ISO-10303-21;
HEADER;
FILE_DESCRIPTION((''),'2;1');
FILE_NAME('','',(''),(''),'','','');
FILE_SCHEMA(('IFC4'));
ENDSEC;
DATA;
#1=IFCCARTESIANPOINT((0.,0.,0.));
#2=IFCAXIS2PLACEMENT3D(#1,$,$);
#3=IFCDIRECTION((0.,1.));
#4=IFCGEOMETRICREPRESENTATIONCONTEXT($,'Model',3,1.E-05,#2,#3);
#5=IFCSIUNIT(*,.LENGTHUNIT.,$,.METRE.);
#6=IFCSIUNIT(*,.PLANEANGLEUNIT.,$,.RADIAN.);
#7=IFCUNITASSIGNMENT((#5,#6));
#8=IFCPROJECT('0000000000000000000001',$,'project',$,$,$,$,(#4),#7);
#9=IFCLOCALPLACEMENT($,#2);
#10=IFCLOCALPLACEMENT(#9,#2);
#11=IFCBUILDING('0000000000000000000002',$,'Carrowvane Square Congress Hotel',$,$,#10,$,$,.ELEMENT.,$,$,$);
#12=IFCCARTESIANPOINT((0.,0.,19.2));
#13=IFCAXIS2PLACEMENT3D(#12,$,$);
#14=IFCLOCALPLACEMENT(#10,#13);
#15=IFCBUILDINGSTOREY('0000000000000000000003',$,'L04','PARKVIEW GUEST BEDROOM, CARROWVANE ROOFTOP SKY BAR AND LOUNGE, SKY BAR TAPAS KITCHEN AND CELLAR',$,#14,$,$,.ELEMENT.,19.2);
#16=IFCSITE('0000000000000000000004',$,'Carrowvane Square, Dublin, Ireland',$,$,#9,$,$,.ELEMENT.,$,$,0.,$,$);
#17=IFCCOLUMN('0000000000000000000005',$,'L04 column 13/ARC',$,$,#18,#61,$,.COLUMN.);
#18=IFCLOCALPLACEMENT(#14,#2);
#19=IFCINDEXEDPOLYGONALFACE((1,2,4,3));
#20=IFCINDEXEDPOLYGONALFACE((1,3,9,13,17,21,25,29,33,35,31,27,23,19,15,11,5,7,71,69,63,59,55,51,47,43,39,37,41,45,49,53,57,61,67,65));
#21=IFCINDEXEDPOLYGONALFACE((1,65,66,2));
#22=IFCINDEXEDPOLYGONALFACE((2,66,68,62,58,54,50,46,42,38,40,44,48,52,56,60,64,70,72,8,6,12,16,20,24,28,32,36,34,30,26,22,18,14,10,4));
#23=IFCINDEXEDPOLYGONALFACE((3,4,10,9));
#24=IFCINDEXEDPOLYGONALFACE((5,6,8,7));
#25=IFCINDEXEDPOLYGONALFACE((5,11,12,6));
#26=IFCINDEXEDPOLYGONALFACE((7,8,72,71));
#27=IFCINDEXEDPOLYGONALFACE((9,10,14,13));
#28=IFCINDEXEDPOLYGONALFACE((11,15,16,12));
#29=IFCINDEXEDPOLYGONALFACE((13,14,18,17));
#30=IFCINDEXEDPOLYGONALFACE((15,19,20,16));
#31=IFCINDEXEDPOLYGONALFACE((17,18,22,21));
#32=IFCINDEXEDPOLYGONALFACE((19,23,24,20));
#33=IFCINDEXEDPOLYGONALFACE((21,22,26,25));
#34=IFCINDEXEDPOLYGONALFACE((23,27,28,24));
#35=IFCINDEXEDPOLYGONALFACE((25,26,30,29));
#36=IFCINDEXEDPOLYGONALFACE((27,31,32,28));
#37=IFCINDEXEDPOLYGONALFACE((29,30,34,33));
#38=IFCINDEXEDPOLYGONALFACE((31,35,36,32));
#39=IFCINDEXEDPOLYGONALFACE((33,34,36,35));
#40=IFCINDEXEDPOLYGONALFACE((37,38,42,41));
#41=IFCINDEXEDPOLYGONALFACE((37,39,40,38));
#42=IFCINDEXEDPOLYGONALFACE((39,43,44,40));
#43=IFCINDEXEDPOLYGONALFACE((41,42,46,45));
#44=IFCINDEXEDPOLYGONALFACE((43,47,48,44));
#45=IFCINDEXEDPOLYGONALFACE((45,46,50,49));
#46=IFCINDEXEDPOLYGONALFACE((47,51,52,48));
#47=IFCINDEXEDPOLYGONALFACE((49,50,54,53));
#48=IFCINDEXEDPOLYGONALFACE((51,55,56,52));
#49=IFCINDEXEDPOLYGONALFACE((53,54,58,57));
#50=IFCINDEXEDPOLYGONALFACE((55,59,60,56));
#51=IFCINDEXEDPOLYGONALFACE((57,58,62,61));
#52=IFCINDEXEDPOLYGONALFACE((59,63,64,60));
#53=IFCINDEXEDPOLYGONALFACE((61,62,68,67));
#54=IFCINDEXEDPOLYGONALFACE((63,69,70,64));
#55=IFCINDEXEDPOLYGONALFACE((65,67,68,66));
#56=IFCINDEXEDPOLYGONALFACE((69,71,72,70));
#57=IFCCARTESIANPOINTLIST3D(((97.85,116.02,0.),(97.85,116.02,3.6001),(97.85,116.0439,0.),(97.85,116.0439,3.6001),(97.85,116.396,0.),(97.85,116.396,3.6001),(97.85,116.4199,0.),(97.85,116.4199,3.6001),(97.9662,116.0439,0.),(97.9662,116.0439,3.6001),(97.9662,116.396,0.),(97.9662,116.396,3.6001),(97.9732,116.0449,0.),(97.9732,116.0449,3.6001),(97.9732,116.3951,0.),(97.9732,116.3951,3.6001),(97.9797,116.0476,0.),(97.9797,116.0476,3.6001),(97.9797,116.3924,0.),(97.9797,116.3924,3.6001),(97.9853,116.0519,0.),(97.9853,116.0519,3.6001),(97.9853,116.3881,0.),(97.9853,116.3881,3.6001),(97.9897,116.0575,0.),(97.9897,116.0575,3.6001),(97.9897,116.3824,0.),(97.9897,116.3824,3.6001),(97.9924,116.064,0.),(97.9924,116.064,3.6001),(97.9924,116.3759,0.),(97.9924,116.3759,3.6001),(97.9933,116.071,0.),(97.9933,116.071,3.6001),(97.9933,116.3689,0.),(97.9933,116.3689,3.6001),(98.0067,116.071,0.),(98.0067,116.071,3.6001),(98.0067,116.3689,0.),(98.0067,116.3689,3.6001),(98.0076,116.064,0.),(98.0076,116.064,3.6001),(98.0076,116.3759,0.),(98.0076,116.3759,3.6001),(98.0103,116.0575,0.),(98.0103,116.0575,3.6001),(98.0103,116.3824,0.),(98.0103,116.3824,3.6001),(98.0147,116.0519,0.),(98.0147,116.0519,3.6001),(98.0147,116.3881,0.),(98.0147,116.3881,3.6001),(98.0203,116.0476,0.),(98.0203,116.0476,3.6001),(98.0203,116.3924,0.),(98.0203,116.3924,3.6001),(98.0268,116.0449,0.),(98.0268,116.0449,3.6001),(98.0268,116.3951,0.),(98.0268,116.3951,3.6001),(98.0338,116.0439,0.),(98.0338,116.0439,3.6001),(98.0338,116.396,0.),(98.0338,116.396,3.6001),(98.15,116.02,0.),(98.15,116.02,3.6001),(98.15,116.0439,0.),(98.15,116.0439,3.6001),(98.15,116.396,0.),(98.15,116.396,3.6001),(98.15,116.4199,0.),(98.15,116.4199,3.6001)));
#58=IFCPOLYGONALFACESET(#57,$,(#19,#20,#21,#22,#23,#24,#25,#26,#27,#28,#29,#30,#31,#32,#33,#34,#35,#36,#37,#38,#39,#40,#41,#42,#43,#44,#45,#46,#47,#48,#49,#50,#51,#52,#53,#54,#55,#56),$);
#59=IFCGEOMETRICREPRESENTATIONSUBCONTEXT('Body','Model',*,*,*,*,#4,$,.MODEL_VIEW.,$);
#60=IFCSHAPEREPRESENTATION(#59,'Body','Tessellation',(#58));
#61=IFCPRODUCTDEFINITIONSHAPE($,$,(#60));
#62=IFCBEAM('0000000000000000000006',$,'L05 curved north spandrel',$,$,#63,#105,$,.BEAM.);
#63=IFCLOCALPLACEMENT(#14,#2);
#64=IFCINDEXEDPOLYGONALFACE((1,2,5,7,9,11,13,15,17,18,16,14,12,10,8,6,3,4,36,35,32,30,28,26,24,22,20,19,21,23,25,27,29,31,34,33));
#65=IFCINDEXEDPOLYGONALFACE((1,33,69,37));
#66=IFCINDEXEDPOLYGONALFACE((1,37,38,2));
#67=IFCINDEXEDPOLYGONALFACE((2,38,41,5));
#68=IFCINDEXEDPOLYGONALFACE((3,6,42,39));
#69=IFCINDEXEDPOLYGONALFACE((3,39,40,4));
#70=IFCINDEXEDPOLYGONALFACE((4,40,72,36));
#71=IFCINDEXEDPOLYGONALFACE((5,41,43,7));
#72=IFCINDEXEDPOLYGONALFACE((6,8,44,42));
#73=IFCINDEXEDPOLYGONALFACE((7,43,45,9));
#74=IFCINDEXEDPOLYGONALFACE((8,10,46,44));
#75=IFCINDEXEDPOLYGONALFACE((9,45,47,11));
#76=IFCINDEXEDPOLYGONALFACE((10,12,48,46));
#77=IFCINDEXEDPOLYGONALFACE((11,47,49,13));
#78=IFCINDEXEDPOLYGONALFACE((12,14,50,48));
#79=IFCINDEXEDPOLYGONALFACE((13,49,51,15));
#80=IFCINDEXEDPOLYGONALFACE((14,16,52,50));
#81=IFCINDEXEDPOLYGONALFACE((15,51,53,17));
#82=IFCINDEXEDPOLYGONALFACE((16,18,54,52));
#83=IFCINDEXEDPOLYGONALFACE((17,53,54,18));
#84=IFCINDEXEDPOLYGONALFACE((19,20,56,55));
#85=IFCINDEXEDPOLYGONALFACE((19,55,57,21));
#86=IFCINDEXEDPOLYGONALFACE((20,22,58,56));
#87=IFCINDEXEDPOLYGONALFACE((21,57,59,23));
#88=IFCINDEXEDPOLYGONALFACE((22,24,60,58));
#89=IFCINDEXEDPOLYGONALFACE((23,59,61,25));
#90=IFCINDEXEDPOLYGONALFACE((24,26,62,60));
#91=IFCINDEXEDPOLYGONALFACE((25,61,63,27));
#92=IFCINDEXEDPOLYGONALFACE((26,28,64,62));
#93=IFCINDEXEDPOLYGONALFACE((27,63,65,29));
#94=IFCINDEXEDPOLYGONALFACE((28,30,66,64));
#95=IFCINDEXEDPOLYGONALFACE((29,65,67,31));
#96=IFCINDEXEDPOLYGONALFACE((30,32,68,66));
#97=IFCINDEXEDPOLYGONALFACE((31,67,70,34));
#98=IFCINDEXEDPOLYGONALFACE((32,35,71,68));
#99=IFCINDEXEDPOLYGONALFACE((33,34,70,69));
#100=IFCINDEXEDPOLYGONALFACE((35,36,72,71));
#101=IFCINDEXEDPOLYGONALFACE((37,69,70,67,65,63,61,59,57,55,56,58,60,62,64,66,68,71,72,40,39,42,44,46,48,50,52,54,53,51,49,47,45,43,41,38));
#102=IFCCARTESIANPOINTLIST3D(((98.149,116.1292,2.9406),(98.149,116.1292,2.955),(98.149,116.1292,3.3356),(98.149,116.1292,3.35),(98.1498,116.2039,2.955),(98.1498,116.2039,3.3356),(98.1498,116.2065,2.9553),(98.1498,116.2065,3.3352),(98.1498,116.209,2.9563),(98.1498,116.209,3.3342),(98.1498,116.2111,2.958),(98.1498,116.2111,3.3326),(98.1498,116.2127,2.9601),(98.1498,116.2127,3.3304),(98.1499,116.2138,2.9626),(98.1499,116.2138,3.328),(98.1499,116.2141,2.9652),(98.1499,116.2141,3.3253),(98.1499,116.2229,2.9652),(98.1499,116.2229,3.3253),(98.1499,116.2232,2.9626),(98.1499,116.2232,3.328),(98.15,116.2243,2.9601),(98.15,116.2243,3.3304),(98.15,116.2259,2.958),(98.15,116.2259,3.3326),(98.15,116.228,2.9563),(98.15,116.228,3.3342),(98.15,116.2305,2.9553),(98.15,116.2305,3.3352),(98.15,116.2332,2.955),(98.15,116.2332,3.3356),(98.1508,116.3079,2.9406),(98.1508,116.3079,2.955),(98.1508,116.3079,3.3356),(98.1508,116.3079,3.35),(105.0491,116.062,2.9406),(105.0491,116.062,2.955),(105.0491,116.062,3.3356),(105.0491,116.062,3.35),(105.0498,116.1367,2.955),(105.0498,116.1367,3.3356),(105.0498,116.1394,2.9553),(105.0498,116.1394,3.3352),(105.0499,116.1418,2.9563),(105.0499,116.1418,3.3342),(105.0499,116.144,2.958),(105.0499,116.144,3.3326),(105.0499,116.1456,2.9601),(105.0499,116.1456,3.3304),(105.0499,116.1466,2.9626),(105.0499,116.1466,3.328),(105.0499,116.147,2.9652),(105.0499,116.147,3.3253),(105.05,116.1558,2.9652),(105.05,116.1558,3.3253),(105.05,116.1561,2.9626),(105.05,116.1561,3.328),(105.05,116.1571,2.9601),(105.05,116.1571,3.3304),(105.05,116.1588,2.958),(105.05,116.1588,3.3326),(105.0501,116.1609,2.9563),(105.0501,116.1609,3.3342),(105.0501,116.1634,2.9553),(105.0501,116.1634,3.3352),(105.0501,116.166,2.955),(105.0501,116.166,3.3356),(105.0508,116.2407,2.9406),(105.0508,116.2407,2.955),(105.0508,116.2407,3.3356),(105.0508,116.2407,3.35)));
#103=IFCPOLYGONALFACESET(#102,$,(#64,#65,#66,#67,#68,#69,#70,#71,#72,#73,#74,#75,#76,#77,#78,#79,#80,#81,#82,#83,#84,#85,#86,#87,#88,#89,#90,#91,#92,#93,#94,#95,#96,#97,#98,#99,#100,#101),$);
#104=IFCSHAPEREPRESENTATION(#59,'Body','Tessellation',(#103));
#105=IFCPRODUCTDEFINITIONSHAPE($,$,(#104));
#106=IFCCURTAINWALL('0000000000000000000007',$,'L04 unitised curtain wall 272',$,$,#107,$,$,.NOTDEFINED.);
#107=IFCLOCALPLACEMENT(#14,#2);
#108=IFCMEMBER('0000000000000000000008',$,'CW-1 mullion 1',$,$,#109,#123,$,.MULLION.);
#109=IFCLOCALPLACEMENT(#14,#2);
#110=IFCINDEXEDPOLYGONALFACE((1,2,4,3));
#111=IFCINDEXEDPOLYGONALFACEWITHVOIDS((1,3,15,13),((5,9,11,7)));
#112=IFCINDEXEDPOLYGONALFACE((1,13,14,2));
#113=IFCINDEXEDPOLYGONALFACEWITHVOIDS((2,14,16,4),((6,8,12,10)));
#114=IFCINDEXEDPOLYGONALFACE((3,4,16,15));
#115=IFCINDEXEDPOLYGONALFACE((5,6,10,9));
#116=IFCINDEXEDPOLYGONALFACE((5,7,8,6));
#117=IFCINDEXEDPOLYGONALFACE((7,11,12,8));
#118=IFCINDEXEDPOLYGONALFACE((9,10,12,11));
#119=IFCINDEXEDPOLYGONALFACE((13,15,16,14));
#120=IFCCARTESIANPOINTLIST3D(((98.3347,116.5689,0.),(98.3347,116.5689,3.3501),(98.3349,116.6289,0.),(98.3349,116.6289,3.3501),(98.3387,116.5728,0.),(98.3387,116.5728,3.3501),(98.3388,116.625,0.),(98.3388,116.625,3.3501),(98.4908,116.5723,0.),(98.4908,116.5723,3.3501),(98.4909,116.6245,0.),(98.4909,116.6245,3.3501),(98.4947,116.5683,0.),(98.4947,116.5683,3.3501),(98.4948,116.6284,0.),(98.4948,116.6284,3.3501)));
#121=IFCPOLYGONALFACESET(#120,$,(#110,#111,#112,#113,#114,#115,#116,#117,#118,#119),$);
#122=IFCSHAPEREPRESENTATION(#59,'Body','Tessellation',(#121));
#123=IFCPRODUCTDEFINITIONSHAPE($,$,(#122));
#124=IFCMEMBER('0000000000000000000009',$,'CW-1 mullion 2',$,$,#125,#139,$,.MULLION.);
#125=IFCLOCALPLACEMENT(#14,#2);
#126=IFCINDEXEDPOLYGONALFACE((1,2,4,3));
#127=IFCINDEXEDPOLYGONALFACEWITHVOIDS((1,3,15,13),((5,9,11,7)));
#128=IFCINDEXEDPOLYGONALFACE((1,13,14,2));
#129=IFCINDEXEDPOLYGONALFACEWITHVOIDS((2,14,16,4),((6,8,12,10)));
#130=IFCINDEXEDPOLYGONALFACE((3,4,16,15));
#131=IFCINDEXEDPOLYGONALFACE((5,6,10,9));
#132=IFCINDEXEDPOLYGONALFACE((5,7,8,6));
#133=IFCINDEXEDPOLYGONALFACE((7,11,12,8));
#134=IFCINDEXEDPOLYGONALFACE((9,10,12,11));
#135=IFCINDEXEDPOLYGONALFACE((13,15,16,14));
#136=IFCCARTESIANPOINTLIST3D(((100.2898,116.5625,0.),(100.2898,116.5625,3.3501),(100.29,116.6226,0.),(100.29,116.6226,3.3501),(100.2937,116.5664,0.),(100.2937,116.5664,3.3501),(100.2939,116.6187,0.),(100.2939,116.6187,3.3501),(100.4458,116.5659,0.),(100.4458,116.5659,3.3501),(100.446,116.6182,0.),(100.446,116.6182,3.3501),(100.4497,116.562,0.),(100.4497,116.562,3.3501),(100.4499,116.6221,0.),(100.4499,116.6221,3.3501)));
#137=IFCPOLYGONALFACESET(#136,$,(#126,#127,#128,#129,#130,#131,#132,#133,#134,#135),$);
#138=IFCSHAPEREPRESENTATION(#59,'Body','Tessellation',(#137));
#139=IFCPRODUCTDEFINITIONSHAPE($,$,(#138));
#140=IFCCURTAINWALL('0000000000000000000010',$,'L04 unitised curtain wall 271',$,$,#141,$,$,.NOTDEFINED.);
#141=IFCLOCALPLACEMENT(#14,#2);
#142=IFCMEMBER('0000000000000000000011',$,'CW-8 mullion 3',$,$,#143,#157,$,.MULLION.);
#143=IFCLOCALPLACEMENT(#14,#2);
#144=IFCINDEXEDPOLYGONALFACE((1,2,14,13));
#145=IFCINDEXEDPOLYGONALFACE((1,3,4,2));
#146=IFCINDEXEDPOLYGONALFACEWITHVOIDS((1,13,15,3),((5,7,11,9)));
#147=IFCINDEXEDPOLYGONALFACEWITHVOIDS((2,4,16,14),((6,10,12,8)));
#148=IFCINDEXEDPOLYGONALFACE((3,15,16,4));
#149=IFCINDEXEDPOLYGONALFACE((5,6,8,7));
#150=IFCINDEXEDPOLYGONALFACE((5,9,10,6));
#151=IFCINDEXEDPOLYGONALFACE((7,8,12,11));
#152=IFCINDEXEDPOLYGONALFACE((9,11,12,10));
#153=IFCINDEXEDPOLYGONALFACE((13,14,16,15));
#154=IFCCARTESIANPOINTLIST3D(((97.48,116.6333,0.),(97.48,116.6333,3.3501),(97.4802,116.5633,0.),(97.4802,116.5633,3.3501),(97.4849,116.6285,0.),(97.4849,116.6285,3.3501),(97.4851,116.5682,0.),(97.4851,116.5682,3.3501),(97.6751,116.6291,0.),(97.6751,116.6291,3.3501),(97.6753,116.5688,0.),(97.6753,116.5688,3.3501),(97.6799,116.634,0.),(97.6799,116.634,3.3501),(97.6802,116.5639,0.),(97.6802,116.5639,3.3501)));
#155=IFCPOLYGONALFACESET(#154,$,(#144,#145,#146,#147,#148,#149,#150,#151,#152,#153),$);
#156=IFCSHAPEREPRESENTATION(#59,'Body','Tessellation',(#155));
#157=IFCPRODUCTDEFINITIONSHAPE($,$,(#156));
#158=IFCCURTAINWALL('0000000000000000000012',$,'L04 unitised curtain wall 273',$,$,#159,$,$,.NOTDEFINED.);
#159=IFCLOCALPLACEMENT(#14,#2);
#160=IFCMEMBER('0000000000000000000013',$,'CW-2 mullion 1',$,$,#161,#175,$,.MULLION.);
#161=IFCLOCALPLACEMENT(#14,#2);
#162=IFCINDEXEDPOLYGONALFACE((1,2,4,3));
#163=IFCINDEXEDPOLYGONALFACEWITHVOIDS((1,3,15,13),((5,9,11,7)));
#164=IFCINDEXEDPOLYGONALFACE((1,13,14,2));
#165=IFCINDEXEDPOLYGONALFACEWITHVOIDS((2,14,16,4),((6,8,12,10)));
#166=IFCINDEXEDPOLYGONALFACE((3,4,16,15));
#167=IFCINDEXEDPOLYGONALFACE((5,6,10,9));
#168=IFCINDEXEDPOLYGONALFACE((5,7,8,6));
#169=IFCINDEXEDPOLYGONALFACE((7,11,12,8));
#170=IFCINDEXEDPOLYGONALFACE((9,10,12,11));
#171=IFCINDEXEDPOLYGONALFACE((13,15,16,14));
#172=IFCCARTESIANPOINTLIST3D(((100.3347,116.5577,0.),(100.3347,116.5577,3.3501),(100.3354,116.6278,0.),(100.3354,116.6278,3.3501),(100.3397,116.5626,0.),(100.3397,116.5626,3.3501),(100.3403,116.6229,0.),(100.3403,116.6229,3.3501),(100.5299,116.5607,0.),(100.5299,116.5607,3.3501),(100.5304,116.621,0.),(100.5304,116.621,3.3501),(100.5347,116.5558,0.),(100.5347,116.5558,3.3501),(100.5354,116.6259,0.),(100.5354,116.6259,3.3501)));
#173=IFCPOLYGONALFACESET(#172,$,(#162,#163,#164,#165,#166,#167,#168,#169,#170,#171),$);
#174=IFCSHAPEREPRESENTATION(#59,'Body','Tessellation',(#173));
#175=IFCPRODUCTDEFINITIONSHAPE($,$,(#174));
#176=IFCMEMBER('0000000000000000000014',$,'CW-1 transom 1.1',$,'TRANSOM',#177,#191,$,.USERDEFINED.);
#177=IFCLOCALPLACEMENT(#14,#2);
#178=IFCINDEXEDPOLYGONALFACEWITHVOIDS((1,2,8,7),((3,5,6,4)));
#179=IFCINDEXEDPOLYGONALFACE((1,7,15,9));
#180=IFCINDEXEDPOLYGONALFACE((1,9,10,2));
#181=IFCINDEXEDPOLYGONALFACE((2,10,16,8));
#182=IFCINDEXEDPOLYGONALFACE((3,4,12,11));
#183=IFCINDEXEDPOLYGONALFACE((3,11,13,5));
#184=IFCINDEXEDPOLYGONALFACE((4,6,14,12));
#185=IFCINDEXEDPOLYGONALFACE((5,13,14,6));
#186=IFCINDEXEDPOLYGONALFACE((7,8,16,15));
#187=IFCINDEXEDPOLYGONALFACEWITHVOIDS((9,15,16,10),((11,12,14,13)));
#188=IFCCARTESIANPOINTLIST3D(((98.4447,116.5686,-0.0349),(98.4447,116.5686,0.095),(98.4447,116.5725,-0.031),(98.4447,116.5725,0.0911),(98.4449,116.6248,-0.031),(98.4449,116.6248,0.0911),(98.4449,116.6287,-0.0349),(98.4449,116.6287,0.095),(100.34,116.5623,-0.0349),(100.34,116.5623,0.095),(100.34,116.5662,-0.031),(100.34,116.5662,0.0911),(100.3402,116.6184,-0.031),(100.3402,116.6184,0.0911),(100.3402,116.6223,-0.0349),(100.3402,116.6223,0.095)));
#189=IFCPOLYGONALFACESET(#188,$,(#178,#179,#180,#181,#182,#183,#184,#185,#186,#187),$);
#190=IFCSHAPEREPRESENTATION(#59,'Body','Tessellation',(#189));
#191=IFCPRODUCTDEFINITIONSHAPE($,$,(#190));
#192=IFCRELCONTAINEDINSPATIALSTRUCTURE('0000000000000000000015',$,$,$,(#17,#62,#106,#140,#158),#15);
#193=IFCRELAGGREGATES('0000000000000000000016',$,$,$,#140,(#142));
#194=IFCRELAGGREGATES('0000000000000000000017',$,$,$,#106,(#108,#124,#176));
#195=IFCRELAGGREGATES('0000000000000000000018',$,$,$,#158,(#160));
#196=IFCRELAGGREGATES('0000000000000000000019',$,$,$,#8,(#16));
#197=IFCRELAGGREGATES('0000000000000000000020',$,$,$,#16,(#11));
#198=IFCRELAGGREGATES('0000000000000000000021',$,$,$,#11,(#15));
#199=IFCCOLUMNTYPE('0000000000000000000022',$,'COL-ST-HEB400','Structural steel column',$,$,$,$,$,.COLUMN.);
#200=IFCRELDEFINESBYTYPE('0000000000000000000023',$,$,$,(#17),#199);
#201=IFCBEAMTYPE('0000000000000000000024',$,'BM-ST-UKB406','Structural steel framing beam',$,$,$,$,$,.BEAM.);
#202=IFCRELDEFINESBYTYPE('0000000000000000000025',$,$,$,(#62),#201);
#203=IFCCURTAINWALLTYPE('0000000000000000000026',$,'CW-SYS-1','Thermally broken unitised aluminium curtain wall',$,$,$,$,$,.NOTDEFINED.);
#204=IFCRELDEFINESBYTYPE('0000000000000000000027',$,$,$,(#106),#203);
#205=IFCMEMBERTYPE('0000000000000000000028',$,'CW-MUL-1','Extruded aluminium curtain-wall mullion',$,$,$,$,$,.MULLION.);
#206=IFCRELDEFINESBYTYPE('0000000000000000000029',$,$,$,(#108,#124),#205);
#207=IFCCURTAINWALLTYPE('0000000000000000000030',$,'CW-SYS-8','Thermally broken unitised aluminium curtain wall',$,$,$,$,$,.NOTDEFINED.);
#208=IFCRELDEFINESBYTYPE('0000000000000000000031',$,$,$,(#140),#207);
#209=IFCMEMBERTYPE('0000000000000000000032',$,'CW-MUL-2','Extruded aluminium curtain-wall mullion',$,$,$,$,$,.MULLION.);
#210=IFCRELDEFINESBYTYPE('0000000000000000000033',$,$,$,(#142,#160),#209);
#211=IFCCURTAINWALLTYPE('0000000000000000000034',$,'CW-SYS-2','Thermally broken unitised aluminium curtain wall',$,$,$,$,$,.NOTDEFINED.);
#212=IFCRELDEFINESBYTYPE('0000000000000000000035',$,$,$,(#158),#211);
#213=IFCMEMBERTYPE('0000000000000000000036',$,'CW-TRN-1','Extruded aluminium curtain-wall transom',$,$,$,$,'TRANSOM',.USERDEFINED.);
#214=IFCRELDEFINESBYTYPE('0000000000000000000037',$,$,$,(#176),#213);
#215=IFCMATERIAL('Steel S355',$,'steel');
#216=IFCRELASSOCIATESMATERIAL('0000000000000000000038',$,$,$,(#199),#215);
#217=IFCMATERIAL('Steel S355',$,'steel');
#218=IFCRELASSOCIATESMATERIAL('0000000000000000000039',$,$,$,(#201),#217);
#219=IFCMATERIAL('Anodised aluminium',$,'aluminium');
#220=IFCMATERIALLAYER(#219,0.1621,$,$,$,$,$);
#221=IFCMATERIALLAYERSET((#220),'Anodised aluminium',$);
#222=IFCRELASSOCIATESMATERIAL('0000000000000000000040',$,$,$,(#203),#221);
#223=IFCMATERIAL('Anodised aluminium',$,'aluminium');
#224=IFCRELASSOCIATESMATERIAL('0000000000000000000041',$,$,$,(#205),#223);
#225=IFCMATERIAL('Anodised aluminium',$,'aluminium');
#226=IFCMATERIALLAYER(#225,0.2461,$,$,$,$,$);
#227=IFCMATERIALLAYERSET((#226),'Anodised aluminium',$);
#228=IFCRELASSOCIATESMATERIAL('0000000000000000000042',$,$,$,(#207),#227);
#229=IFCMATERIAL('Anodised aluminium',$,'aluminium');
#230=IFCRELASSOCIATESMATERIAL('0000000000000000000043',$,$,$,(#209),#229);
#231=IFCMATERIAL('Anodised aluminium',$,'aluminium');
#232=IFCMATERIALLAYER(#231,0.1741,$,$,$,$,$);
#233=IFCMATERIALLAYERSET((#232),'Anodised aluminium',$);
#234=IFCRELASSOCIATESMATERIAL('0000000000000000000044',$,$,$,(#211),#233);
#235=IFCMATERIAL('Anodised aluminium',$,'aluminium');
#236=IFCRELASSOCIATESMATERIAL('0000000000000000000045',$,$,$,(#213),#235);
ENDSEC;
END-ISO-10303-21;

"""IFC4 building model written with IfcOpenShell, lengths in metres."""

from ifc_helpers import new_model, si_unit, direction, frame, origin, origin_2d, place, context, subcontext, project, spatial, hollow_rectangle, i_section, extrude, material, layer, layer_set, material_profile, profile_set, type_object, element, aggregate, save


model = new_model("IFC4")

# Units and contexts
model_context = context("Model", 3, precision=1e-05, world=origin(), true_north=direction((0.0, 1.0)))
body_context = subcontext(model_context, "Body", "Model", "MODEL_VIEW")
ifc_project = project(units=[si_unit("LENGTHUNIT", "METRE"), si_unit("PLANEANGLEUNIT", "RADIAN")], contexts=[model_context])

# Site, building, storey
site_placement = place(None, origin())
site = spatial("IfcSite", under=ifc_project, at=site_placement, Name="Carrowvane Square, Dublin, Ireland", CompositionType="ELEMENT", RefElevation=0.0)
building_placement = place(site_placement, origin())
building = spatial("IfcBuilding", under=site, at=building_placement, Name="Carrowvane Square Congress Hotel", CompositionType="ELEMENT")
storey_placement = place(building_placement, frame((0.0, 0.0, 19.2)))
storey = spatial("IfcBuildingStorey", under=building, at=storey_placement, Name="L04", Description="PARKVIEW GUEST BEDROOM, CARROWVANE ROOFTOP SKY BAR AND LOUNGE, SKY BAR TAPAS KITCHEN AND CELLAR", CompositionType="ELEMENT", Elevation=19.2)

# Column
ifc_material_1 = material(Name="Steel S355", Category="steel")
ifc_material_profile_1 = material_profile(ifc_material_1, i_section(OverallWidth=0.3, OverallDepth=0.3999, WebThickness=0.0134, FlangeThickness=0.0239, FilletRadius=0.0271, at=origin_2d()), Name="HEB 400")
ifc_profile_set_1 = profile_set([ifc_material_profile_1], Name="Steel S355")
column_type = type_object("IfcColumnType", Name="COL-ST-HEB400", Description="Structural steel column", PredefinedType="COLUMN", material=ifc_profile_set_1)
column_placement = place(storey_placement, frame((98.0, 116.22, 0.0), z_axis=(0.0, 0.0, 1.0), x_axis=(1.0, 0.0, 0.0)))
element("IfcColumn", 1, at=column_placement, inside=storey, type_object=column_type, Name="L04 column 13/ARC", PredefinedType="COLUMN", context=body_context, shape_type="SweptSolid", body=[
    extrude(i_section(OverallWidth=0.3, OverallDepth=0.3999, WebThickness=0.0134, FlangeThickness=0.0239, FilletRadius=0.0271, at=origin_2d()), origin(), (0.0, 0.0, 1.0), 3.6001),
])

# Beam
ifc_material_2 = material(Name="Steel S355", Category="steel")
ifc_material_profile_2 = material_profile(ifc_material_2, i_section(OverallWidth=0.1787, OverallDepth=0.4094, WebThickness=0.0088, FlangeThickness=0.0144, FilletRadius=0.0103, at=origin_2d()), Name="UKB 406x178x67")
ifc_profile_set_2 = profile_set([ifc_material_profile_2], Name="Steel S355")
beam_type = type_object("IfcBeamType", Name="BM-ST-UKB406", Description="Structural steel framing beam", PredefinedType="BEAM", material=ifc_profile_set_2)
beam_placement = place(storey_placement, frame((98.1499, 116.2185, 3.1453), z_axis=(0.999953, -0.00973, 0.0), x_axis=(0.00973, 0.999953, 0.0)))
element("IfcBeam", 2, at=beam_placement, inside=storey, type_object=beam_type, Name="L05 curved north spandrel", PredefinedType="BEAM", context=body_context, shape_type="SweptSolid", body=[
    extrude(i_section(OverallWidth=0.1787, OverallDepth=0.4094, WebThickness=0.0088, FlangeThickness=0.0144, FilletRadius=0.0103, at=origin_2d()), origin(), (0.0, 0.0, 1.0), 6.9004),
])

# Curtain wall, members
ifc_material_3 = material(Name="Anodised aluminium", Category="aluminium")
ifc_layer_1 = layer(ifc_material_3, 0.1621)
ifc_layer_set_1 = layer_set([ifc_layer_1], Name="Anodised aluminium")
curtain_wall_type_1 = type_object("IfcCurtainWallType", Name="CW-SYS-1", Description="Thermally broken unitised aluminium curtain wall", PredefinedType="NOTDEFINED", material=ifc_layer_set_1)
curtain_wall_1_placement = place(storey_placement, origin())
curtain_wall_1 = element("IfcCurtainWall", 3, at=curtain_wall_1_placement, inside=storey, type_object=curtain_wall_type_1, Name="L04 unitised curtain wall 272", PredefinedType="NOTDEFINED")
ifc_material_4 = material(Name="Anodised aluminium", Category="aluminium")
ifc_material_profile_3 = material_profile(ifc_material_4, hollow_rectangle(XDim=0.0601, YDim=0.1599, WallThickness=0.0039, at=origin_2d()), Name="CW-ML 60x160x4")
ifc_profile_set_3 = profile_set([ifc_material_profile_3], Name="Anodised aluminium")
member_type_1 = type_object("IfcMemberType", Name="CW-MUL-1", Description="Extruded aluminium curtain-wall mullion", PredefinedType="MULLION", material=ifc_profile_set_3)
member_1_placement = place(storey_placement, frame((98.4148, 116.5986, 0.0), z_axis=(0.0, 0.0, 1.0), x_axis=(0.00327, 0.999995, 0.0)))
member_1 = element("IfcMember", 4, at=member_1_placement, type_object=member_type_1, Name="CW-1 mullion 1", PredefinedType="MULLION", context=body_context, shape_type="SweptSolid", body=[
    extrude(hollow_rectangle(XDim=0.0601, YDim=0.1599, WallThickness=0.0039, at=origin_2d()), origin(), (0.0, 0.0, 1.0), 3.3501),
])
member_2_placement = place(storey_placement, frame((100.3699, 116.5923, 0.0), z_axis=(0.0, 0.0, 1.0), x_axis=(0.00327, 0.999995, 0.0)))
member_2 = element("IfcMember", 5, at=member_2_placement, type_object=member_type_1, Name="CW-1 mullion 2", PredefinedType="MULLION", context=body_context, shape_type="SweptSolid", body=[
    extrude(hollow_rectangle(XDim=0.0601, YDim=0.1599, WallThickness=0.0039, at=origin_2d()), origin(), (0.0, 0.0, 1.0), 3.3501),
])

# Curtain walls, members
ifc_material_5 = material(Name="Anodised aluminium", Category="aluminium")
ifc_layer_2 = layer(ifc_material_5, 0.2461)
ifc_layer_set_2 = layer_set([ifc_layer_2], Name="Anodised aluminium")
curtain_wall_type_2 = type_object("IfcCurtainWallType", Name="CW-SYS-8", Description="Thermally broken unitised aluminium curtain wall", PredefinedType="NOTDEFINED", material=ifc_layer_set_2)
curtain_wall_2_placement = place(storey_placement, origin())
curtain_wall_2 = element("IfcCurtainWall", 6, at=curtain_wall_2_placement, inside=storey, type_object=curtain_wall_type_2, Name="L04 unitised curtain wall 271", PredefinedType="NOTDEFINED")
ifc_material_6 = material(Name="Anodised aluminium", Category="aluminium")
ifc_material_profile_4 = material_profile(ifc_material_6, hollow_rectangle(XDim=0.0701, YDim=0.2, WallThickness=0.0049, at=origin_2d()), Name="CW-ML 70x200x5")
ifc_profile_set_4 = profile_set([ifc_material_profile_4], Name="Anodised aluminium")
member_type_2 = type_object("IfcMemberType", Name="CW-MUL-2", Description="Extruded aluminium curtain-wall mullion", PredefinedType="MULLION", material=ifc_profile_set_4)
member_3_placement = place(storey_placement, frame((97.5801, 116.5986, 0.0), z_axis=(0.0, 0.0, 1.0), x_axis=(-0.00327, 0.999995, 0.0)))
member_3 = element("IfcMember", 7, at=member_3_placement, type_object=member_type_2, Name="CW-8 mullion 3", PredefinedType="MULLION", context=body_context, shape_type="SweptSolid", body=[
    extrude(hollow_rectangle(XDim=0.0701, YDim=0.2, WallThickness=0.0049, at=origin_2d()), origin(), (0.0, 0.0, 1.0), 3.3501),
])
ifc_material_7 = material(Name="Anodised aluminium", Category="aluminium")
ifc_layer_3 = layer(ifc_material_7, 0.1741)
ifc_layer_set_3 = layer_set([ifc_layer_3], Name="Anodised aluminium")
curtain_wall_type_3 = type_object("IfcCurtainWallType", Name="CW-SYS-2", Description="Thermally broken unitised aluminium curtain wall", PredefinedType="NOTDEFINED", material=ifc_layer_set_3)
curtain_wall_3_placement = place(storey_placement, origin())
curtain_wall_3 = element("IfcCurtainWall", 8, at=curtain_wall_3_placement, inside=storey, type_object=curtain_wall_type_3, Name="L04 unitised curtain wall 273", PredefinedType="NOTDEFINED")
member_4_placement = place(storey_placement, frame((100.4351, 116.5918, 0.0), z_axis=(0.0, 0.0, 1.0), x_axis=(0.009783, 0.999952, 0.0)))
member_4 = element("IfcMember", 9, at=member_4_placement, type_object=member_type_2, Name="CW-2 mullion 1", PredefinedType="MULLION", context=body_context, shape_type="SweptSolid", body=[
    extrude(hollow_rectangle(XDim=0.0701, YDim=0.2, WallThickness=0.0049, at=origin_2d()), origin(), (0.0, 0.0, 1.0), 3.3501),
])

# Member
ifc_material_8 = material(Name="Anodised aluminium", Category="aluminium")
ifc_material_profile_5 = material_profile(ifc_material_8, hollow_rectangle(XDim=0.0601, YDim=0.1299, WallThickness=0.0039, at=origin_2d()), Name="CW-TR 60x130x4")
ifc_profile_set_5 = profile_set([ifc_material_profile_5], Name="Anodised aluminium")
member_type_3 = type_object("IfcMemberType", Name="CW-TRN-1", Description="Extruded aluminium curtain-wall transom", ElementType="TRANSOM", PredefinedType="USERDEFINED", material=ifc_profile_set_5)
member_5_placement = place(storey_placement, frame((98.4448, 116.5986, 0.03), z_axis=(0.999994, -0.003349, 0.0), x_axis=(0.003349, 0.999994, 0.0)))
member_5 = element("IfcMember", 10, at=member_5_placement, type_object=member_type_3, Name="CW-1 transom 1.1", ObjectType="TRANSOM", PredefinedType="USERDEFINED", context=body_context, shape_type="SweptSolid", body=[
    extrude(hollow_rectangle(XDim=0.0601, YDim=0.1299, WallThickness=0.0039, at=origin_2d()), origin(), (0.0, 0.0, 1.0), 1.8953),
])

aggregate(curtain_wall_2, [member_3])
aggregate(curtain_wall_1, [member_1, member_2, member_5])
aggregate(curtain_wall_3, [member_4])

save(model, "model.ifc")
